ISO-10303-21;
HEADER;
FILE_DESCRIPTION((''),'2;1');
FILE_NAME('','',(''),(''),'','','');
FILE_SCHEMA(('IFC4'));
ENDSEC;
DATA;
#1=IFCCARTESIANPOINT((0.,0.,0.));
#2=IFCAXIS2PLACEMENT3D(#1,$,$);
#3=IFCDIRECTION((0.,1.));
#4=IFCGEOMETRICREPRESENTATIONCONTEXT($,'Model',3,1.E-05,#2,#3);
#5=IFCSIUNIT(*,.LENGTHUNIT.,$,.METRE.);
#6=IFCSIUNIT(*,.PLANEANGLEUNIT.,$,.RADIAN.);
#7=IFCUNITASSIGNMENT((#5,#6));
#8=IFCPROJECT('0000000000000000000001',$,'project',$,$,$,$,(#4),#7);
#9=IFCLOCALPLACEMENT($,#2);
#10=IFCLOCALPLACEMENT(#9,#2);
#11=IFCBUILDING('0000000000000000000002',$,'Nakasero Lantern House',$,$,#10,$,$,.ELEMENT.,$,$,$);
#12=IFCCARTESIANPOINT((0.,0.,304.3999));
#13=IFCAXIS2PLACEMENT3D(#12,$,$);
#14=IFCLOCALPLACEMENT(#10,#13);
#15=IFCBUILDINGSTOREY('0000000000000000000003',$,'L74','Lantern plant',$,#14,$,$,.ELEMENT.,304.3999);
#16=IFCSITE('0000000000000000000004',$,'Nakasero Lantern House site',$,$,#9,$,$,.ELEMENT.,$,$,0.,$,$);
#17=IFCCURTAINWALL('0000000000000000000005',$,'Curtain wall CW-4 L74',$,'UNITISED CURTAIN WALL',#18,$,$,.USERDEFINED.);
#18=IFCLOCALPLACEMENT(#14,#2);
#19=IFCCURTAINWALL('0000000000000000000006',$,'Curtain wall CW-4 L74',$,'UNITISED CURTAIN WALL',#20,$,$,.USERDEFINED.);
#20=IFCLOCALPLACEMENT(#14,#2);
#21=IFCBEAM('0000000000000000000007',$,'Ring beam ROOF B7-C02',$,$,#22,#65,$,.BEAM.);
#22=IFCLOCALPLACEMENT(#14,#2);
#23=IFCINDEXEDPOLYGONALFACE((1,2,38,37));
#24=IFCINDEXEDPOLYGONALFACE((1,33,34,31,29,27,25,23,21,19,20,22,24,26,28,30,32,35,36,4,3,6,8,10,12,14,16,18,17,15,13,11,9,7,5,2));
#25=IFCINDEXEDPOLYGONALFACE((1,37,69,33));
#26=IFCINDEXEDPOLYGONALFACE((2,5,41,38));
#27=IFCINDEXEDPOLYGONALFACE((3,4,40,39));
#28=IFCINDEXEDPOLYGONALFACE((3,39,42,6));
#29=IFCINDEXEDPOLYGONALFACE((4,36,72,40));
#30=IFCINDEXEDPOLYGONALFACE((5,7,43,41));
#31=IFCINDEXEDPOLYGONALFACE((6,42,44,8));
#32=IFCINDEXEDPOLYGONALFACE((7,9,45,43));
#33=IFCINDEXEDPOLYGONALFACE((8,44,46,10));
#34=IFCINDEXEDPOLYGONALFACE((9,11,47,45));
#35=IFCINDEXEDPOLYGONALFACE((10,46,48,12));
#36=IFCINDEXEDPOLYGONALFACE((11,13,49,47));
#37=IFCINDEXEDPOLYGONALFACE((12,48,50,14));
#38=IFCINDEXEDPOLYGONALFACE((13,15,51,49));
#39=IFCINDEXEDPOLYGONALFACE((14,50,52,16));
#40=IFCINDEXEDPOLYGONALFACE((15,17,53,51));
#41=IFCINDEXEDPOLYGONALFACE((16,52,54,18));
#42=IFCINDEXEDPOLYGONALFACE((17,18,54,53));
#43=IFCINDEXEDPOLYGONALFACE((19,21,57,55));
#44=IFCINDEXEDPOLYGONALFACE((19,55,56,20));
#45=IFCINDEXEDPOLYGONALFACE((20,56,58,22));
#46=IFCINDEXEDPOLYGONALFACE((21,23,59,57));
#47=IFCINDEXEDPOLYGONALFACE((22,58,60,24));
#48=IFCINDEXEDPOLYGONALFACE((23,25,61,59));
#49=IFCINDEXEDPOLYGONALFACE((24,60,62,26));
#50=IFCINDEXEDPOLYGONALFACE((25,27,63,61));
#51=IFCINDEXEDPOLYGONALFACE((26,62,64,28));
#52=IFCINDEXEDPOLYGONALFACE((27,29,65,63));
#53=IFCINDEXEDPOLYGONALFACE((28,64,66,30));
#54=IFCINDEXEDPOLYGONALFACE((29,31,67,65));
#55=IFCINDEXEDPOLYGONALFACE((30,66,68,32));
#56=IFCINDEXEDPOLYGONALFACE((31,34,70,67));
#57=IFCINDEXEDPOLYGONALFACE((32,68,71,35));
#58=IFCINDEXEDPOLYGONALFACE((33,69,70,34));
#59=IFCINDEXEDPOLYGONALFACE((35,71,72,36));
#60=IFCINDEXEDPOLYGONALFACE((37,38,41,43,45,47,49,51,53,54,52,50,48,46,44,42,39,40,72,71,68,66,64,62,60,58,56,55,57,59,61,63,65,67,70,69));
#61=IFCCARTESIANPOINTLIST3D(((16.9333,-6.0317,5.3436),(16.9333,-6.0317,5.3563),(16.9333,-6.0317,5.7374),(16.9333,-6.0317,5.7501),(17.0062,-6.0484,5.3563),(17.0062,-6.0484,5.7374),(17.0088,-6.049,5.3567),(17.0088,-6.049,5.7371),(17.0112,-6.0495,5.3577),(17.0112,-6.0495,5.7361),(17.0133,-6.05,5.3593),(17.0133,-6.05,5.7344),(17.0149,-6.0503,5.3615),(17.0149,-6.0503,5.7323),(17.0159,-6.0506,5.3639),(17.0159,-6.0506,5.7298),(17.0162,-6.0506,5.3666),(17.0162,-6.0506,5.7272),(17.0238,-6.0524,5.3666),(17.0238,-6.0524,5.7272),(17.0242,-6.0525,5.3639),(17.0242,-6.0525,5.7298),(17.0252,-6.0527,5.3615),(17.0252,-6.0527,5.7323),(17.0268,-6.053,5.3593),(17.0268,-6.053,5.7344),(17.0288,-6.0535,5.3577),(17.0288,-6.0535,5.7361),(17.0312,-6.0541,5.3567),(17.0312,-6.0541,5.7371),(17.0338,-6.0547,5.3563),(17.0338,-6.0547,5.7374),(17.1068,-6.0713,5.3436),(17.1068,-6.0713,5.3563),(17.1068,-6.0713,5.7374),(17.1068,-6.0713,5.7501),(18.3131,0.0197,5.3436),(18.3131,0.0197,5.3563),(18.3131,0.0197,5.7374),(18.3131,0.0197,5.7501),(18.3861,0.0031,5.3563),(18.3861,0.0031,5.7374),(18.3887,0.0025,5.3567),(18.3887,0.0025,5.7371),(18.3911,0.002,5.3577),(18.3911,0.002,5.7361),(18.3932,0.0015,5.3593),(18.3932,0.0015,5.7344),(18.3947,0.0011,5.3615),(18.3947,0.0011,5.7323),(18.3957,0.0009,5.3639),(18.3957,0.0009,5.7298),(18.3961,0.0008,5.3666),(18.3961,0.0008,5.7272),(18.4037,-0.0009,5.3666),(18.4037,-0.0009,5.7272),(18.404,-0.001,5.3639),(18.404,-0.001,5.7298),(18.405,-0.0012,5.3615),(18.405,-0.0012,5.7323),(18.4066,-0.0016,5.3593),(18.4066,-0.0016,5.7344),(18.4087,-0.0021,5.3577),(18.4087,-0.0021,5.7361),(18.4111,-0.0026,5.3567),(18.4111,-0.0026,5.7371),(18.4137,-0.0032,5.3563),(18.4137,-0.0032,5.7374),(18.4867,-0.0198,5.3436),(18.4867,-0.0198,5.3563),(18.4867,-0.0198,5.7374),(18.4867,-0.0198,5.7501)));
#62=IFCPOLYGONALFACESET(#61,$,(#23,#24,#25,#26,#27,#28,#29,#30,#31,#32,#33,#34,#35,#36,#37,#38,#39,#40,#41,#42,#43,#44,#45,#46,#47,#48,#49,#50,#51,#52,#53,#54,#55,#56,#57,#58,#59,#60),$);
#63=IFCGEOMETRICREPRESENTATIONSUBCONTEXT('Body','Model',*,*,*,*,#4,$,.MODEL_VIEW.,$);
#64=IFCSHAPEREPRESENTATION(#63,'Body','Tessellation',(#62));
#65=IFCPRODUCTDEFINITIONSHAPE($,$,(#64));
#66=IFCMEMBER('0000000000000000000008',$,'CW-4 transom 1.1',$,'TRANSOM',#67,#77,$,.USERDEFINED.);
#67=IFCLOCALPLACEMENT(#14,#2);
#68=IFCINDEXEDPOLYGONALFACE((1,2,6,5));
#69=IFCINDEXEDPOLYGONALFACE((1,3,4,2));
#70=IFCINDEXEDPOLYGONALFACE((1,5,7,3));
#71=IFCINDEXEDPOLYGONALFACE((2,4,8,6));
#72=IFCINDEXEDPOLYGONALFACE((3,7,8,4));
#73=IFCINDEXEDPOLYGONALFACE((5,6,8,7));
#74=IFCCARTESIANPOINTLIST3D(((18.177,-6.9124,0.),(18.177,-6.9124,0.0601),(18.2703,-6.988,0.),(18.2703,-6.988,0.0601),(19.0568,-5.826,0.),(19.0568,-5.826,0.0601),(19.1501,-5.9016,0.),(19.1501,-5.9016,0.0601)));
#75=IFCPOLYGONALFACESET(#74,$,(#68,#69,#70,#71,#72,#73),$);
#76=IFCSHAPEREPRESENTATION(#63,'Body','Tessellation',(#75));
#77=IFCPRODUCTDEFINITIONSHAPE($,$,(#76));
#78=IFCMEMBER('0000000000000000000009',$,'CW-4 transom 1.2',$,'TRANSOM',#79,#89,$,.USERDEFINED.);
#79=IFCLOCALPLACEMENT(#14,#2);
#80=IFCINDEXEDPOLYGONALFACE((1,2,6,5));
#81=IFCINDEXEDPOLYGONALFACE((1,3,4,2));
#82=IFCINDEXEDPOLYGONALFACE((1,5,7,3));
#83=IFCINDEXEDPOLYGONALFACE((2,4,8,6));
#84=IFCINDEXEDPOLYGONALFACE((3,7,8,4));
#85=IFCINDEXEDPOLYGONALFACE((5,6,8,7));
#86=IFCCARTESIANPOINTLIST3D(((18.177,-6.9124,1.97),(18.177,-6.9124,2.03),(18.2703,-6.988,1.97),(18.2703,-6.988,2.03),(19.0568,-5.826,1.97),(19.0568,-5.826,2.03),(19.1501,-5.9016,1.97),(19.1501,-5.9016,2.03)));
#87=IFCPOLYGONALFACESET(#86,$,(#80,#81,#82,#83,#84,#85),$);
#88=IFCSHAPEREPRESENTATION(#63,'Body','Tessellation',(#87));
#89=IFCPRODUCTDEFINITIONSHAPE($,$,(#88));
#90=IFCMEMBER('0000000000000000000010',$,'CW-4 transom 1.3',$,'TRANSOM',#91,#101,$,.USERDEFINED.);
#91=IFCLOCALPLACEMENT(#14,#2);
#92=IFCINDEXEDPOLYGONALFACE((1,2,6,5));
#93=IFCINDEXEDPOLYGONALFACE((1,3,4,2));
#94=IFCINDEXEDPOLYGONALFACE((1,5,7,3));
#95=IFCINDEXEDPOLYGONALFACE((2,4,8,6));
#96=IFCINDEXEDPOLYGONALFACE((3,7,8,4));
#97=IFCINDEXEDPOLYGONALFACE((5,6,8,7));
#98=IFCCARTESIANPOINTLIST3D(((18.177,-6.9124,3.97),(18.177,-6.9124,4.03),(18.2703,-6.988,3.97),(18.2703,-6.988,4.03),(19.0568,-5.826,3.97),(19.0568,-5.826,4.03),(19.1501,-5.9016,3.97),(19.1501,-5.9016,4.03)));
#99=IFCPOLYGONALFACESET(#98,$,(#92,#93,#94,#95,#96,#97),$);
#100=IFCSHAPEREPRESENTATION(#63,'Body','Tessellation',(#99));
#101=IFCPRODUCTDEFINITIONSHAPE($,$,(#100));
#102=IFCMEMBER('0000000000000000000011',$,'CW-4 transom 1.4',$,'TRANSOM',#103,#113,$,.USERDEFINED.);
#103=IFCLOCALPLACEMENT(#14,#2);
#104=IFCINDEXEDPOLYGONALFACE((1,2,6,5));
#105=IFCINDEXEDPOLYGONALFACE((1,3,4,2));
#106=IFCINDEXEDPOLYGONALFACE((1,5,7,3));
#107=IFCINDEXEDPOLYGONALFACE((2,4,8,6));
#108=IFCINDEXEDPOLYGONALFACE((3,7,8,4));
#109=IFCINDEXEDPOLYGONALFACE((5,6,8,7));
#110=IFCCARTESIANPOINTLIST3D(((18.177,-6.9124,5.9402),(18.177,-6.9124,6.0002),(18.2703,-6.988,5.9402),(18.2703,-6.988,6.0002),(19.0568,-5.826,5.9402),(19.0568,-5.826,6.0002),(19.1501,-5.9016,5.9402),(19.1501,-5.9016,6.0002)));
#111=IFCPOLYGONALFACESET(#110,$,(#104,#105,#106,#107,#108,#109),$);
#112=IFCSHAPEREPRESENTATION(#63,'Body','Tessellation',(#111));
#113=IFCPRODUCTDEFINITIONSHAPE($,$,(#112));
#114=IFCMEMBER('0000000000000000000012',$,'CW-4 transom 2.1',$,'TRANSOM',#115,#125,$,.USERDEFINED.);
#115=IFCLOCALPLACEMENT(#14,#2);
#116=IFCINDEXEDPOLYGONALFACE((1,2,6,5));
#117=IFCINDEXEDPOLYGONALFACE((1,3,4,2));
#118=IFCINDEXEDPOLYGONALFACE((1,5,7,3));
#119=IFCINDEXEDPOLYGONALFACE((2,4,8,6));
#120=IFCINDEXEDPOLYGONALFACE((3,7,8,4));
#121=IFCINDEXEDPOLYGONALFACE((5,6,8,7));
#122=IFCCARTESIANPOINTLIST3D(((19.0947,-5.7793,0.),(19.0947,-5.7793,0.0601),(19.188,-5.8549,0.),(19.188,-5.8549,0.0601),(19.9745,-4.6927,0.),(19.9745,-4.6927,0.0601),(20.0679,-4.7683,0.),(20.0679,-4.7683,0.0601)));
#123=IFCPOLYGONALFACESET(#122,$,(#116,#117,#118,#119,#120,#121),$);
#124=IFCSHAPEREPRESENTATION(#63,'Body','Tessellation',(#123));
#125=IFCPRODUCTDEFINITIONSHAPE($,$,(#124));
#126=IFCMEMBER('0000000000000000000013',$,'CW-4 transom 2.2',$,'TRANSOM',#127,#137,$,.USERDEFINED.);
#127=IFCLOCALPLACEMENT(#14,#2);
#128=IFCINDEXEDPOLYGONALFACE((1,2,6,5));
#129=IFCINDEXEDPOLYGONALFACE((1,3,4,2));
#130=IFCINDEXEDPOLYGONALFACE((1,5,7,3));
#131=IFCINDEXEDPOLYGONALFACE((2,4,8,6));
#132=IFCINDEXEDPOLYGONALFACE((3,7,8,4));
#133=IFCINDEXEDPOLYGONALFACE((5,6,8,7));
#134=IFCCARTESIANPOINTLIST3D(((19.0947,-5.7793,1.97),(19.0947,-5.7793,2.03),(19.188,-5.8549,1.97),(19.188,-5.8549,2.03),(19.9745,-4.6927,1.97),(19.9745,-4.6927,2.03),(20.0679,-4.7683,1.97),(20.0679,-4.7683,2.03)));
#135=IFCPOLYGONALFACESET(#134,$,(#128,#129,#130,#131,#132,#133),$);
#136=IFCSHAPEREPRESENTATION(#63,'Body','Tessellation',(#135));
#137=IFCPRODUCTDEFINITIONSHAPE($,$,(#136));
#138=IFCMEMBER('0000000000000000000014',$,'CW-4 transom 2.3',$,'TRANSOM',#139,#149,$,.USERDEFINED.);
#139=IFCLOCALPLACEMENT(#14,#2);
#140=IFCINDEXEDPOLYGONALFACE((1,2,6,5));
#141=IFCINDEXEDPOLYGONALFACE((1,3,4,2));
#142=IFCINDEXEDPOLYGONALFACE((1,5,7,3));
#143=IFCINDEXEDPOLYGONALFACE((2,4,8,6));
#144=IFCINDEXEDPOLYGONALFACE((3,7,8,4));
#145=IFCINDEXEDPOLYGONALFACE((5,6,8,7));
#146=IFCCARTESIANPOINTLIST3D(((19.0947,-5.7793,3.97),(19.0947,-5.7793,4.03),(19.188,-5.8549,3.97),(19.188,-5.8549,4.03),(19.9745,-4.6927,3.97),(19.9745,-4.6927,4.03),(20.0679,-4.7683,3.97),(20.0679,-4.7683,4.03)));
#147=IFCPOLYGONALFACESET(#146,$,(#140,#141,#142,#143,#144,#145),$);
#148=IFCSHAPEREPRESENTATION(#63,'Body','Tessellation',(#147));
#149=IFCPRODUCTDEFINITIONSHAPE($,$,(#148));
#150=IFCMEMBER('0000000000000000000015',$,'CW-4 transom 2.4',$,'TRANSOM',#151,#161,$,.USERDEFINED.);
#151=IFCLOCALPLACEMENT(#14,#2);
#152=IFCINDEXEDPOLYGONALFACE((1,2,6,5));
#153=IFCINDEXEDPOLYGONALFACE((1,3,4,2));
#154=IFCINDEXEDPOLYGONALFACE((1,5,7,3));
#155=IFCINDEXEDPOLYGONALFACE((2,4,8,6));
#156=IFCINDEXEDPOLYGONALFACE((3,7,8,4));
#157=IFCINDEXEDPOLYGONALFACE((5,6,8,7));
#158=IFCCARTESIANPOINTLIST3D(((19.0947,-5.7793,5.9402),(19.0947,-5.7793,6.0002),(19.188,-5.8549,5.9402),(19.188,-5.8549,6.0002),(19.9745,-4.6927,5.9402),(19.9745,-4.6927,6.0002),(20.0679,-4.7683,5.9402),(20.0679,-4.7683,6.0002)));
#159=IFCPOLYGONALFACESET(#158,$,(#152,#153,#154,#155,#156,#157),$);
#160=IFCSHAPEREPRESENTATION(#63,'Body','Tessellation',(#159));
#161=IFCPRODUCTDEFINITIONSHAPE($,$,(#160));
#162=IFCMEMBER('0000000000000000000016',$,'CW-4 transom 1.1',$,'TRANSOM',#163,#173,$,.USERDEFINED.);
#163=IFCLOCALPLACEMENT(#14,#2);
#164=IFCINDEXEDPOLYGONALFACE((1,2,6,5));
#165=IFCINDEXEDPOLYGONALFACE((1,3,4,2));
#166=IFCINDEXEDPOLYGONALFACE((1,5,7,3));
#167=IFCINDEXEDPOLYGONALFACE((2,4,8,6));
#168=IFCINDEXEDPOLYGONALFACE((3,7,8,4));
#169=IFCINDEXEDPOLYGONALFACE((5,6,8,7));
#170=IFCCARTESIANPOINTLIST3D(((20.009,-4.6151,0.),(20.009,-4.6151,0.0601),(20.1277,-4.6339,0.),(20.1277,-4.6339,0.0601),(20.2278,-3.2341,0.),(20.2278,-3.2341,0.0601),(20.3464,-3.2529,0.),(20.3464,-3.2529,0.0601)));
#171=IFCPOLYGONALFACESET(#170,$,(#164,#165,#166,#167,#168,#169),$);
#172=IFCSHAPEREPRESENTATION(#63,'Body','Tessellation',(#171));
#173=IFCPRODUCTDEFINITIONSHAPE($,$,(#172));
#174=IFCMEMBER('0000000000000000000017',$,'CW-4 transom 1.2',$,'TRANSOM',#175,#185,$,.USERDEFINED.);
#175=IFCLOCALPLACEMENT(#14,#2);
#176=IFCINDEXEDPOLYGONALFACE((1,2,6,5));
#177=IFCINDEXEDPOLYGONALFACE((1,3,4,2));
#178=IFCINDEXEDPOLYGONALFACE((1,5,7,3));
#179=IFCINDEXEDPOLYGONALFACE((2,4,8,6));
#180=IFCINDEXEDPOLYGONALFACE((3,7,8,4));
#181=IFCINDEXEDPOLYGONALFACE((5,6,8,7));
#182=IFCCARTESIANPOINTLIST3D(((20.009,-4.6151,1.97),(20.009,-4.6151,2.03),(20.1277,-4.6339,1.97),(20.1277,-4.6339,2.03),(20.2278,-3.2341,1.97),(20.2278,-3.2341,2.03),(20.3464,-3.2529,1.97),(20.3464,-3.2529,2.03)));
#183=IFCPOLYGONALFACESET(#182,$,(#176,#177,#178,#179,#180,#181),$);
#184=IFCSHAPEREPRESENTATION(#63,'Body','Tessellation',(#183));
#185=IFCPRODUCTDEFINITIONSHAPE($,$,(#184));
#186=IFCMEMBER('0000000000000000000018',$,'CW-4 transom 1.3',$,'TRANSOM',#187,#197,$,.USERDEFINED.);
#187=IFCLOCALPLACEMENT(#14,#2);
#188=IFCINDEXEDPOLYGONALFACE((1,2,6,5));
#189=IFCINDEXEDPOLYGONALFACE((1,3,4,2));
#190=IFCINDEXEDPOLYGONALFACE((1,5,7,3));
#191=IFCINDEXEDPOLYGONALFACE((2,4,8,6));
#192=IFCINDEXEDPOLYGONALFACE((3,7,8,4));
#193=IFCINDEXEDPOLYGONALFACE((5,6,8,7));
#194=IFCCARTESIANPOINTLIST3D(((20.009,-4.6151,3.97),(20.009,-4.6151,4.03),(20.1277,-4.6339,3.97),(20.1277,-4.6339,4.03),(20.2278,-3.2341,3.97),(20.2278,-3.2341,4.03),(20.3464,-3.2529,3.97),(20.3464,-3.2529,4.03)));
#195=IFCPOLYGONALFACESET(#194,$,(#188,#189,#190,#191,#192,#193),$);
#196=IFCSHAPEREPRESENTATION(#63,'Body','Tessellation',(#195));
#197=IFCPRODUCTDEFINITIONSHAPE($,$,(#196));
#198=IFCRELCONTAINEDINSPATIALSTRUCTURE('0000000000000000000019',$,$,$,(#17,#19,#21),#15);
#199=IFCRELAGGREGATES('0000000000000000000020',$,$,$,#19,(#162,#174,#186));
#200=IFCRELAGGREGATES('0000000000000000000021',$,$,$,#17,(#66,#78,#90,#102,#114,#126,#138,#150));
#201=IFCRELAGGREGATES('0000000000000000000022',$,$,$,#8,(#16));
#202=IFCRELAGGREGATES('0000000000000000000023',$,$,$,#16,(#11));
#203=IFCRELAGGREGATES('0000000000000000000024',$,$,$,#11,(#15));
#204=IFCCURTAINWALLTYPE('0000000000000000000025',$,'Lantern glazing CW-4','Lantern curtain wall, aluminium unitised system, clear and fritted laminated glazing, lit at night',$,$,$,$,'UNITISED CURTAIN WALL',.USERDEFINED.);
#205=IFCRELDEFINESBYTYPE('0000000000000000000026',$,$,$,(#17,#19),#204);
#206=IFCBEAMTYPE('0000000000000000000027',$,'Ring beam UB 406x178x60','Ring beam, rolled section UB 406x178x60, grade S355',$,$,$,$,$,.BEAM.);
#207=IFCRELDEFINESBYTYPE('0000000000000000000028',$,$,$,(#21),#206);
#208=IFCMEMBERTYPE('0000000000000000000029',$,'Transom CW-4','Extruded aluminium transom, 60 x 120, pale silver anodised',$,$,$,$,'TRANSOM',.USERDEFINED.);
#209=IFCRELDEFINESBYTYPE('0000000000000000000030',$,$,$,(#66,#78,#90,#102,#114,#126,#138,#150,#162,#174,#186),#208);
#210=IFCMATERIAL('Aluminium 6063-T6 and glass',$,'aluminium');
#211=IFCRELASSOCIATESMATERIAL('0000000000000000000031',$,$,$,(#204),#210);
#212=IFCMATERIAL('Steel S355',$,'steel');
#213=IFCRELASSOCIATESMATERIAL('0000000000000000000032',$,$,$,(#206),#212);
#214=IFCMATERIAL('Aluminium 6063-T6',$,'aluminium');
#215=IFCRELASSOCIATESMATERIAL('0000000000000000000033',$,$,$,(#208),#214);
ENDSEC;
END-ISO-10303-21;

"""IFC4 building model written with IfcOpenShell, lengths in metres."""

from ifc_helpers import new_model, si_unit, direction, frame, origin, origin_2d, place, context, subcontext, project, spatial, rectangle, i_section, extrude, material, material_profile, profile_set, type_object, element, aggregate, save


model = new_model("IFC4")

# Units and contexts
model_context = context("Model", 3, precision=1e-05, world=origin(), true_north=direction((0.0, 1.0)))
body_context = subcontext(model_context, "Body", "Model", "MODEL_VIEW")
ifc_project = project(units=[si_unit("LENGTHUNIT", "METRE"), si_unit("PLANEANGLEUNIT", "RADIAN")], contexts=[model_context])

# Site, building, storey
site_placement = place(None, origin())
site = spatial("IfcSite", under=ifc_project, at=site_placement, Name="Nakasero Lantern House site", CompositionType="ELEMENT", RefElevation=0.0)
building_placement = place(site_placement, origin())
building = spatial("IfcBuilding", under=site, at=building_placement, Name="Nakasero Lantern House", CompositionType="ELEMENT")
storey_placement = place(building_placement, frame((0.0, 0.0, 304.3999)))
storey = spatial("IfcBuildingStorey", under=building, at=storey_placement, Name="L74", Description="Lantern plant", CompositionType="ELEMENT", Elevation=304.3999)

# Curtain wall
ifc_material_1 = material(Name="Aluminium 6063-T6 and glass", Category="aluminium")
curtain_wall_type = type_object("IfcCurtainWallType", Name="Lantern glazing CW-4", Description="Lantern curtain wall, aluminium unitised system, clear and fritted laminated glazing, lit at night", ElementType="UNITISED CURTAIN WALL", PredefinedType="USERDEFINED", material=ifc_material_1)
curtain_wall_1_placement = place(storey_placement, origin())
curtain_wall_1 = element("IfcCurtainWall", 1, at=curtain_wall_1_placement, inside=storey, type_object=curtain_wall_type, Name="Curtain wall CW-4 L74", ObjectType="UNITISED CURTAIN WALL", PredefinedType="USERDEFINED")

# Curtain wall
curtain_wall_2_placement = place(storey_placement, origin())
curtain_wall_2 = element("IfcCurtainWall", 2, at=curtain_wall_2_placement, inside=storey, type_object=curtain_wall_type, Name="Curtain wall CW-4 L74", ObjectType="UNITISED CURTAIN WALL", PredefinedType="USERDEFINED")

# Beam
ifc_material_2 = material(Name="Steel S355", Category="steel")
ifc_material_profile_1 = material_profile(ifc_material_2, i_section(OverallWidth=0.178, OverallDepth=0.4065, WebThickness=0.0078, FlangeThickness=0.0127, FilletRadius=0.0103, at=origin_2d()), Name="UB 406x178x60")
ifc_profile_set_1 = profile_set([ifc_material_profile_1], Name="Steel S355")
beam_type_1 = type_object("IfcBeamType", Name="Ring beam UB 406x178x60", Description="Ring beam, rolled section UB 406x178x60, grade S355", PredefinedType="BEAM", material=ifc_profile_set_1)
beam_1_placement = place(storey_placement, frame((17.02, -6.0515, 5.5469), z_axis=(0.222316, 0.974975, 0.0), x_axis=(-0.974975, 0.222316, 0.0)))
element("IfcBeam", 3, at=beam_1_placement, inside=storey, type_object=beam_type_1, Name="Ring beam ROOF B7-C02", PredefinedType="BEAM", context=body_context, shape_type="SweptSolid", body=[
    extrude(i_section(OverallWidth=0.178, OverallDepth=0.4065, WebThickness=0.0078, FlangeThickness=0.0127, FilletRadius=0.0103, at=origin_2d()), origin(), (0.0, 0.0, 1.0), 6.2068),
])

# Members
ifc_material_3 = material(Name="Aluminium 6063-T6", Category="aluminium")
ifc_material_profile_2 = material_profile(ifc_material_3, rectangle(XDim=0.0601, YDim=0.1201, at=origin_2d()), Name="CW-4 transom 60x120")
ifc_profile_set_2 = profile_set([ifc_material_profile_2], Name="Aluminium 6063-T6")
member_type_1 = type_object("IfcMemberType", Name="Transom CW-4", Description="Extruded aluminium transom, 60 x 120, pale silver anodised", ElementType="TRANSOM", PredefinedType="USERDEFINED", material=ifc_profile_set_2)
member_1_placement = place(storey_placement, frame((18.2236, -6.9502, 0.03), z_axis=(0.629369, 0.777107, 0.0), x_axis=(0.0, 0.0, 1.0)))
member_1 = element("IfcMember", 4, at=member_1_placement, type_object=member_type_1, Name="CW-4 transom 1.1", ObjectType="TRANSOM", PredefinedType="USERDEFINED", context=body_context, shape_type="SweptSolid", body=[
    extrude(rectangle(XDim=0.0601, YDim=0.1201, at=origin_2d()), origin(), (0.0, 0.0, 1.0), 1.3979),
])
member_2_placement = place(storey_placement, frame((18.2236, -6.9502, 2.0), z_axis=(0.629369, 0.777107, 0.0), x_axis=(0.0, 0.0, 1.0)))
member_2 = element("IfcMember", 5, at=member_2_placement, type_object=member_type_1, Name="CW-4 transom 1.2", ObjectType="TRANSOM", PredefinedType="USERDEFINED", context=body_context, shape_type="SweptSolid", body=[
    extrude(rectangle(XDim=0.0601, YDim=0.1201, at=origin_2d()), origin(), (0.0, 0.0, 1.0), 1.3979),
])
member_3_placement = place(storey_placement, frame((18.2236, -6.9502, 4.0), z_axis=(0.629369, 0.777107, 0.0), x_axis=(0.0, 0.0, 1.0)))
member_3 = element("IfcMember", 6, at=member_3_placement, type_object=member_type_1, Name="CW-4 transom 1.3", ObjectType="TRANSOM", PredefinedType="USERDEFINED", context=body_context, shape_type="SweptSolid", body=[
    extrude(rectangle(XDim=0.0601, YDim=0.1201, at=origin_2d()), origin(), (0.0, 0.0, 1.0), 1.3979),
])
member_4_placement = place(storey_placement, frame((18.2236, -6.9502, 5.9702), z_axis=(0.629369, 0.777107, 0.0), x_axis=(0.0, 0.0, 1.0)))
member_4 = element("IfcMember", 7, at=member_4_placement, type_object=member_type_1, Name="CW-4 transom 1.4", ObjectType="TRANSOM", PredefinedType="USERDEFINED", context=body_context, shape_type="SweptSolid", body=[
    extrude(rectangle(XDim=0.0601, YDim=0.1201, at=origin_2d()), origin(), (0.0, 0.0, 1.0), 1.3979),
])
member_5_placement = place(storey_placement, frame((19.1414, -5.8171, 0.03), z_axis=(0.629284, 0.777176, 0.0), x_axis=(0.0, 0.0, 1.0)))
member_5 = element("IfcMember", 8, at=member_5_placement, type_object=member_type_1, Name="CW-4 transom 2.1", ObjectType="TRANSOM", PredefinedType="USERDEFINED", context=body_context, shape_type="SweptSolid", body=[
    extrude(rectangle(XDim=0.0601, YDim=0.1201, at=origin_2d()), origin(), (0.0, 0.0, 1.0), 1.3982),
])
member_6_placement = place(storey_placement, frame((19.1414, -5.8171, 2.0), z_axis=(0.629284, 0.777176, 0.0), x_axis=(0.0, 0.0, 1.0)))
member_6 = element("IfcMember", 9, at=member_6_placement, type_object=member_type_1, Name="CW-4 transom 2.2", ObjectType="TRANSOM", PredefinedType="USERDEFINED", context=body_context, shape_type="SweptSolid", body=[
    extrude(rectangle(XDim=0.0601, YDim=0.1201, at=origin_2d()), origin(), (0.0, 0.0, 1.0), 1.3982),
])
member_7_placement = place(storey_placement, frame((19.1414, -5.8171, 4.0), z_axis=(0.629284, 0.777176, 0.0), x_axis=(0.0, 0.0, 1.0)))
member_7 = element("IfcMember", 10, at=member_7_placement, type_object=member_type_1, Name="CW-4 transom 2.3", ObjectType="TRANSOM", PredefinedType="USERDEFINED", context=body_context, shape_type="SweptSolid", body=[
    extrude(rectangle(XDim=0.0601, YDim=0.1201, at=origin_2d()), origin(), (0.0, 0.0, 1.0), 1.3982),
])
member_8_placement = place(storey_placement, frame((19.1414, -5.8171, 5.9702), z_axis=(0.629284, 0.777176, 0.0), x_axis=(0.0, 0.0, 1.0)))
member_8 = element("IfcMember", 11, at=member_8_placement, type_object=member_type_1, Name="CW-4 transom 2.4", ObjectType="TRANSOM", PredefinedType="USERDEFINED", context=body_context, shape_type="SweptSolid", body=[
    extrude(rectangle(XDim=0.0601, YDim=0.1201, at=origin_2d()), origin(), (0.0, 0.0, 1.0), 1.3982),
])
member_9_placement = place(storey_placement, frame((20.0684, -4.6245, 0.03), z_axis=(0.156465, 0.987684, 0.0), x_axis=(0.0, 0.0, 1.0)))
member_9 = element("IfcMember", 12, at=member_9_placement, type_object=member_type_1, Name="CW-4 transom 1.1", ObjectType="TRANSOM", PredefinedType="USERDEFINED", context=body_context, shape_type="SweptSolid", body=[
    extrude(rectangle(XDim=0.0601, YDim=0.1201, at=origin_2d()), origin(), (0.0, 0.0, 1.0), 1.3982),
])
member_10_placement = place(storey_placement, frame((20.0684, -4.6245, 2.0), z_axis=(0.156465, 0.987684, 0.0), x_axis=(0.0, 0.0, 1.0)))
member_10 = element("IfcMember", 13, at=member_10_placement, type_object=member_type_1, Name="CW-4 transom 1.2", ObjectType="TRANSOM", PredefinedType="USERDEFINED", context=body_context, shape_type="SweptSolid", body=[
    extrude(rectangle(XDim=0.0601, YDim=0.1201, at=origin_2d()), origin(), (0.0, 0.0, 1.0), 1.3982),
])
member_11_placement = place(storey_placement, frame((20.0684, -4.6245, 4.0), z_axis=(0.156465, 0.987684, 0.0), x_axis=(0.0, 0.0, 1.0)))
member_11 = element("IfcMember", 14, at=member_11_placement, type_object=member_type_1, Name="CW-4 transom 1.3", ObjectType="TRANSOM", PredefinedType="USERDEFINED", context=body_context, shape_type="SweptSolid", body=[
    extrude(rectangle(XDim=0.0601, YDim=0.1201, at=origin_2d()), origin(), (0.0, 0.0, 1.0), 1.3982),
])
aggregate(curtain_wall_2, [member_9, member_10, member_11])

aggregate(curtain_wall_1, [member_1, member_2, member_3, member_4, member_5, member_6, member_7, member_8])

save(model, "model.ifc")
